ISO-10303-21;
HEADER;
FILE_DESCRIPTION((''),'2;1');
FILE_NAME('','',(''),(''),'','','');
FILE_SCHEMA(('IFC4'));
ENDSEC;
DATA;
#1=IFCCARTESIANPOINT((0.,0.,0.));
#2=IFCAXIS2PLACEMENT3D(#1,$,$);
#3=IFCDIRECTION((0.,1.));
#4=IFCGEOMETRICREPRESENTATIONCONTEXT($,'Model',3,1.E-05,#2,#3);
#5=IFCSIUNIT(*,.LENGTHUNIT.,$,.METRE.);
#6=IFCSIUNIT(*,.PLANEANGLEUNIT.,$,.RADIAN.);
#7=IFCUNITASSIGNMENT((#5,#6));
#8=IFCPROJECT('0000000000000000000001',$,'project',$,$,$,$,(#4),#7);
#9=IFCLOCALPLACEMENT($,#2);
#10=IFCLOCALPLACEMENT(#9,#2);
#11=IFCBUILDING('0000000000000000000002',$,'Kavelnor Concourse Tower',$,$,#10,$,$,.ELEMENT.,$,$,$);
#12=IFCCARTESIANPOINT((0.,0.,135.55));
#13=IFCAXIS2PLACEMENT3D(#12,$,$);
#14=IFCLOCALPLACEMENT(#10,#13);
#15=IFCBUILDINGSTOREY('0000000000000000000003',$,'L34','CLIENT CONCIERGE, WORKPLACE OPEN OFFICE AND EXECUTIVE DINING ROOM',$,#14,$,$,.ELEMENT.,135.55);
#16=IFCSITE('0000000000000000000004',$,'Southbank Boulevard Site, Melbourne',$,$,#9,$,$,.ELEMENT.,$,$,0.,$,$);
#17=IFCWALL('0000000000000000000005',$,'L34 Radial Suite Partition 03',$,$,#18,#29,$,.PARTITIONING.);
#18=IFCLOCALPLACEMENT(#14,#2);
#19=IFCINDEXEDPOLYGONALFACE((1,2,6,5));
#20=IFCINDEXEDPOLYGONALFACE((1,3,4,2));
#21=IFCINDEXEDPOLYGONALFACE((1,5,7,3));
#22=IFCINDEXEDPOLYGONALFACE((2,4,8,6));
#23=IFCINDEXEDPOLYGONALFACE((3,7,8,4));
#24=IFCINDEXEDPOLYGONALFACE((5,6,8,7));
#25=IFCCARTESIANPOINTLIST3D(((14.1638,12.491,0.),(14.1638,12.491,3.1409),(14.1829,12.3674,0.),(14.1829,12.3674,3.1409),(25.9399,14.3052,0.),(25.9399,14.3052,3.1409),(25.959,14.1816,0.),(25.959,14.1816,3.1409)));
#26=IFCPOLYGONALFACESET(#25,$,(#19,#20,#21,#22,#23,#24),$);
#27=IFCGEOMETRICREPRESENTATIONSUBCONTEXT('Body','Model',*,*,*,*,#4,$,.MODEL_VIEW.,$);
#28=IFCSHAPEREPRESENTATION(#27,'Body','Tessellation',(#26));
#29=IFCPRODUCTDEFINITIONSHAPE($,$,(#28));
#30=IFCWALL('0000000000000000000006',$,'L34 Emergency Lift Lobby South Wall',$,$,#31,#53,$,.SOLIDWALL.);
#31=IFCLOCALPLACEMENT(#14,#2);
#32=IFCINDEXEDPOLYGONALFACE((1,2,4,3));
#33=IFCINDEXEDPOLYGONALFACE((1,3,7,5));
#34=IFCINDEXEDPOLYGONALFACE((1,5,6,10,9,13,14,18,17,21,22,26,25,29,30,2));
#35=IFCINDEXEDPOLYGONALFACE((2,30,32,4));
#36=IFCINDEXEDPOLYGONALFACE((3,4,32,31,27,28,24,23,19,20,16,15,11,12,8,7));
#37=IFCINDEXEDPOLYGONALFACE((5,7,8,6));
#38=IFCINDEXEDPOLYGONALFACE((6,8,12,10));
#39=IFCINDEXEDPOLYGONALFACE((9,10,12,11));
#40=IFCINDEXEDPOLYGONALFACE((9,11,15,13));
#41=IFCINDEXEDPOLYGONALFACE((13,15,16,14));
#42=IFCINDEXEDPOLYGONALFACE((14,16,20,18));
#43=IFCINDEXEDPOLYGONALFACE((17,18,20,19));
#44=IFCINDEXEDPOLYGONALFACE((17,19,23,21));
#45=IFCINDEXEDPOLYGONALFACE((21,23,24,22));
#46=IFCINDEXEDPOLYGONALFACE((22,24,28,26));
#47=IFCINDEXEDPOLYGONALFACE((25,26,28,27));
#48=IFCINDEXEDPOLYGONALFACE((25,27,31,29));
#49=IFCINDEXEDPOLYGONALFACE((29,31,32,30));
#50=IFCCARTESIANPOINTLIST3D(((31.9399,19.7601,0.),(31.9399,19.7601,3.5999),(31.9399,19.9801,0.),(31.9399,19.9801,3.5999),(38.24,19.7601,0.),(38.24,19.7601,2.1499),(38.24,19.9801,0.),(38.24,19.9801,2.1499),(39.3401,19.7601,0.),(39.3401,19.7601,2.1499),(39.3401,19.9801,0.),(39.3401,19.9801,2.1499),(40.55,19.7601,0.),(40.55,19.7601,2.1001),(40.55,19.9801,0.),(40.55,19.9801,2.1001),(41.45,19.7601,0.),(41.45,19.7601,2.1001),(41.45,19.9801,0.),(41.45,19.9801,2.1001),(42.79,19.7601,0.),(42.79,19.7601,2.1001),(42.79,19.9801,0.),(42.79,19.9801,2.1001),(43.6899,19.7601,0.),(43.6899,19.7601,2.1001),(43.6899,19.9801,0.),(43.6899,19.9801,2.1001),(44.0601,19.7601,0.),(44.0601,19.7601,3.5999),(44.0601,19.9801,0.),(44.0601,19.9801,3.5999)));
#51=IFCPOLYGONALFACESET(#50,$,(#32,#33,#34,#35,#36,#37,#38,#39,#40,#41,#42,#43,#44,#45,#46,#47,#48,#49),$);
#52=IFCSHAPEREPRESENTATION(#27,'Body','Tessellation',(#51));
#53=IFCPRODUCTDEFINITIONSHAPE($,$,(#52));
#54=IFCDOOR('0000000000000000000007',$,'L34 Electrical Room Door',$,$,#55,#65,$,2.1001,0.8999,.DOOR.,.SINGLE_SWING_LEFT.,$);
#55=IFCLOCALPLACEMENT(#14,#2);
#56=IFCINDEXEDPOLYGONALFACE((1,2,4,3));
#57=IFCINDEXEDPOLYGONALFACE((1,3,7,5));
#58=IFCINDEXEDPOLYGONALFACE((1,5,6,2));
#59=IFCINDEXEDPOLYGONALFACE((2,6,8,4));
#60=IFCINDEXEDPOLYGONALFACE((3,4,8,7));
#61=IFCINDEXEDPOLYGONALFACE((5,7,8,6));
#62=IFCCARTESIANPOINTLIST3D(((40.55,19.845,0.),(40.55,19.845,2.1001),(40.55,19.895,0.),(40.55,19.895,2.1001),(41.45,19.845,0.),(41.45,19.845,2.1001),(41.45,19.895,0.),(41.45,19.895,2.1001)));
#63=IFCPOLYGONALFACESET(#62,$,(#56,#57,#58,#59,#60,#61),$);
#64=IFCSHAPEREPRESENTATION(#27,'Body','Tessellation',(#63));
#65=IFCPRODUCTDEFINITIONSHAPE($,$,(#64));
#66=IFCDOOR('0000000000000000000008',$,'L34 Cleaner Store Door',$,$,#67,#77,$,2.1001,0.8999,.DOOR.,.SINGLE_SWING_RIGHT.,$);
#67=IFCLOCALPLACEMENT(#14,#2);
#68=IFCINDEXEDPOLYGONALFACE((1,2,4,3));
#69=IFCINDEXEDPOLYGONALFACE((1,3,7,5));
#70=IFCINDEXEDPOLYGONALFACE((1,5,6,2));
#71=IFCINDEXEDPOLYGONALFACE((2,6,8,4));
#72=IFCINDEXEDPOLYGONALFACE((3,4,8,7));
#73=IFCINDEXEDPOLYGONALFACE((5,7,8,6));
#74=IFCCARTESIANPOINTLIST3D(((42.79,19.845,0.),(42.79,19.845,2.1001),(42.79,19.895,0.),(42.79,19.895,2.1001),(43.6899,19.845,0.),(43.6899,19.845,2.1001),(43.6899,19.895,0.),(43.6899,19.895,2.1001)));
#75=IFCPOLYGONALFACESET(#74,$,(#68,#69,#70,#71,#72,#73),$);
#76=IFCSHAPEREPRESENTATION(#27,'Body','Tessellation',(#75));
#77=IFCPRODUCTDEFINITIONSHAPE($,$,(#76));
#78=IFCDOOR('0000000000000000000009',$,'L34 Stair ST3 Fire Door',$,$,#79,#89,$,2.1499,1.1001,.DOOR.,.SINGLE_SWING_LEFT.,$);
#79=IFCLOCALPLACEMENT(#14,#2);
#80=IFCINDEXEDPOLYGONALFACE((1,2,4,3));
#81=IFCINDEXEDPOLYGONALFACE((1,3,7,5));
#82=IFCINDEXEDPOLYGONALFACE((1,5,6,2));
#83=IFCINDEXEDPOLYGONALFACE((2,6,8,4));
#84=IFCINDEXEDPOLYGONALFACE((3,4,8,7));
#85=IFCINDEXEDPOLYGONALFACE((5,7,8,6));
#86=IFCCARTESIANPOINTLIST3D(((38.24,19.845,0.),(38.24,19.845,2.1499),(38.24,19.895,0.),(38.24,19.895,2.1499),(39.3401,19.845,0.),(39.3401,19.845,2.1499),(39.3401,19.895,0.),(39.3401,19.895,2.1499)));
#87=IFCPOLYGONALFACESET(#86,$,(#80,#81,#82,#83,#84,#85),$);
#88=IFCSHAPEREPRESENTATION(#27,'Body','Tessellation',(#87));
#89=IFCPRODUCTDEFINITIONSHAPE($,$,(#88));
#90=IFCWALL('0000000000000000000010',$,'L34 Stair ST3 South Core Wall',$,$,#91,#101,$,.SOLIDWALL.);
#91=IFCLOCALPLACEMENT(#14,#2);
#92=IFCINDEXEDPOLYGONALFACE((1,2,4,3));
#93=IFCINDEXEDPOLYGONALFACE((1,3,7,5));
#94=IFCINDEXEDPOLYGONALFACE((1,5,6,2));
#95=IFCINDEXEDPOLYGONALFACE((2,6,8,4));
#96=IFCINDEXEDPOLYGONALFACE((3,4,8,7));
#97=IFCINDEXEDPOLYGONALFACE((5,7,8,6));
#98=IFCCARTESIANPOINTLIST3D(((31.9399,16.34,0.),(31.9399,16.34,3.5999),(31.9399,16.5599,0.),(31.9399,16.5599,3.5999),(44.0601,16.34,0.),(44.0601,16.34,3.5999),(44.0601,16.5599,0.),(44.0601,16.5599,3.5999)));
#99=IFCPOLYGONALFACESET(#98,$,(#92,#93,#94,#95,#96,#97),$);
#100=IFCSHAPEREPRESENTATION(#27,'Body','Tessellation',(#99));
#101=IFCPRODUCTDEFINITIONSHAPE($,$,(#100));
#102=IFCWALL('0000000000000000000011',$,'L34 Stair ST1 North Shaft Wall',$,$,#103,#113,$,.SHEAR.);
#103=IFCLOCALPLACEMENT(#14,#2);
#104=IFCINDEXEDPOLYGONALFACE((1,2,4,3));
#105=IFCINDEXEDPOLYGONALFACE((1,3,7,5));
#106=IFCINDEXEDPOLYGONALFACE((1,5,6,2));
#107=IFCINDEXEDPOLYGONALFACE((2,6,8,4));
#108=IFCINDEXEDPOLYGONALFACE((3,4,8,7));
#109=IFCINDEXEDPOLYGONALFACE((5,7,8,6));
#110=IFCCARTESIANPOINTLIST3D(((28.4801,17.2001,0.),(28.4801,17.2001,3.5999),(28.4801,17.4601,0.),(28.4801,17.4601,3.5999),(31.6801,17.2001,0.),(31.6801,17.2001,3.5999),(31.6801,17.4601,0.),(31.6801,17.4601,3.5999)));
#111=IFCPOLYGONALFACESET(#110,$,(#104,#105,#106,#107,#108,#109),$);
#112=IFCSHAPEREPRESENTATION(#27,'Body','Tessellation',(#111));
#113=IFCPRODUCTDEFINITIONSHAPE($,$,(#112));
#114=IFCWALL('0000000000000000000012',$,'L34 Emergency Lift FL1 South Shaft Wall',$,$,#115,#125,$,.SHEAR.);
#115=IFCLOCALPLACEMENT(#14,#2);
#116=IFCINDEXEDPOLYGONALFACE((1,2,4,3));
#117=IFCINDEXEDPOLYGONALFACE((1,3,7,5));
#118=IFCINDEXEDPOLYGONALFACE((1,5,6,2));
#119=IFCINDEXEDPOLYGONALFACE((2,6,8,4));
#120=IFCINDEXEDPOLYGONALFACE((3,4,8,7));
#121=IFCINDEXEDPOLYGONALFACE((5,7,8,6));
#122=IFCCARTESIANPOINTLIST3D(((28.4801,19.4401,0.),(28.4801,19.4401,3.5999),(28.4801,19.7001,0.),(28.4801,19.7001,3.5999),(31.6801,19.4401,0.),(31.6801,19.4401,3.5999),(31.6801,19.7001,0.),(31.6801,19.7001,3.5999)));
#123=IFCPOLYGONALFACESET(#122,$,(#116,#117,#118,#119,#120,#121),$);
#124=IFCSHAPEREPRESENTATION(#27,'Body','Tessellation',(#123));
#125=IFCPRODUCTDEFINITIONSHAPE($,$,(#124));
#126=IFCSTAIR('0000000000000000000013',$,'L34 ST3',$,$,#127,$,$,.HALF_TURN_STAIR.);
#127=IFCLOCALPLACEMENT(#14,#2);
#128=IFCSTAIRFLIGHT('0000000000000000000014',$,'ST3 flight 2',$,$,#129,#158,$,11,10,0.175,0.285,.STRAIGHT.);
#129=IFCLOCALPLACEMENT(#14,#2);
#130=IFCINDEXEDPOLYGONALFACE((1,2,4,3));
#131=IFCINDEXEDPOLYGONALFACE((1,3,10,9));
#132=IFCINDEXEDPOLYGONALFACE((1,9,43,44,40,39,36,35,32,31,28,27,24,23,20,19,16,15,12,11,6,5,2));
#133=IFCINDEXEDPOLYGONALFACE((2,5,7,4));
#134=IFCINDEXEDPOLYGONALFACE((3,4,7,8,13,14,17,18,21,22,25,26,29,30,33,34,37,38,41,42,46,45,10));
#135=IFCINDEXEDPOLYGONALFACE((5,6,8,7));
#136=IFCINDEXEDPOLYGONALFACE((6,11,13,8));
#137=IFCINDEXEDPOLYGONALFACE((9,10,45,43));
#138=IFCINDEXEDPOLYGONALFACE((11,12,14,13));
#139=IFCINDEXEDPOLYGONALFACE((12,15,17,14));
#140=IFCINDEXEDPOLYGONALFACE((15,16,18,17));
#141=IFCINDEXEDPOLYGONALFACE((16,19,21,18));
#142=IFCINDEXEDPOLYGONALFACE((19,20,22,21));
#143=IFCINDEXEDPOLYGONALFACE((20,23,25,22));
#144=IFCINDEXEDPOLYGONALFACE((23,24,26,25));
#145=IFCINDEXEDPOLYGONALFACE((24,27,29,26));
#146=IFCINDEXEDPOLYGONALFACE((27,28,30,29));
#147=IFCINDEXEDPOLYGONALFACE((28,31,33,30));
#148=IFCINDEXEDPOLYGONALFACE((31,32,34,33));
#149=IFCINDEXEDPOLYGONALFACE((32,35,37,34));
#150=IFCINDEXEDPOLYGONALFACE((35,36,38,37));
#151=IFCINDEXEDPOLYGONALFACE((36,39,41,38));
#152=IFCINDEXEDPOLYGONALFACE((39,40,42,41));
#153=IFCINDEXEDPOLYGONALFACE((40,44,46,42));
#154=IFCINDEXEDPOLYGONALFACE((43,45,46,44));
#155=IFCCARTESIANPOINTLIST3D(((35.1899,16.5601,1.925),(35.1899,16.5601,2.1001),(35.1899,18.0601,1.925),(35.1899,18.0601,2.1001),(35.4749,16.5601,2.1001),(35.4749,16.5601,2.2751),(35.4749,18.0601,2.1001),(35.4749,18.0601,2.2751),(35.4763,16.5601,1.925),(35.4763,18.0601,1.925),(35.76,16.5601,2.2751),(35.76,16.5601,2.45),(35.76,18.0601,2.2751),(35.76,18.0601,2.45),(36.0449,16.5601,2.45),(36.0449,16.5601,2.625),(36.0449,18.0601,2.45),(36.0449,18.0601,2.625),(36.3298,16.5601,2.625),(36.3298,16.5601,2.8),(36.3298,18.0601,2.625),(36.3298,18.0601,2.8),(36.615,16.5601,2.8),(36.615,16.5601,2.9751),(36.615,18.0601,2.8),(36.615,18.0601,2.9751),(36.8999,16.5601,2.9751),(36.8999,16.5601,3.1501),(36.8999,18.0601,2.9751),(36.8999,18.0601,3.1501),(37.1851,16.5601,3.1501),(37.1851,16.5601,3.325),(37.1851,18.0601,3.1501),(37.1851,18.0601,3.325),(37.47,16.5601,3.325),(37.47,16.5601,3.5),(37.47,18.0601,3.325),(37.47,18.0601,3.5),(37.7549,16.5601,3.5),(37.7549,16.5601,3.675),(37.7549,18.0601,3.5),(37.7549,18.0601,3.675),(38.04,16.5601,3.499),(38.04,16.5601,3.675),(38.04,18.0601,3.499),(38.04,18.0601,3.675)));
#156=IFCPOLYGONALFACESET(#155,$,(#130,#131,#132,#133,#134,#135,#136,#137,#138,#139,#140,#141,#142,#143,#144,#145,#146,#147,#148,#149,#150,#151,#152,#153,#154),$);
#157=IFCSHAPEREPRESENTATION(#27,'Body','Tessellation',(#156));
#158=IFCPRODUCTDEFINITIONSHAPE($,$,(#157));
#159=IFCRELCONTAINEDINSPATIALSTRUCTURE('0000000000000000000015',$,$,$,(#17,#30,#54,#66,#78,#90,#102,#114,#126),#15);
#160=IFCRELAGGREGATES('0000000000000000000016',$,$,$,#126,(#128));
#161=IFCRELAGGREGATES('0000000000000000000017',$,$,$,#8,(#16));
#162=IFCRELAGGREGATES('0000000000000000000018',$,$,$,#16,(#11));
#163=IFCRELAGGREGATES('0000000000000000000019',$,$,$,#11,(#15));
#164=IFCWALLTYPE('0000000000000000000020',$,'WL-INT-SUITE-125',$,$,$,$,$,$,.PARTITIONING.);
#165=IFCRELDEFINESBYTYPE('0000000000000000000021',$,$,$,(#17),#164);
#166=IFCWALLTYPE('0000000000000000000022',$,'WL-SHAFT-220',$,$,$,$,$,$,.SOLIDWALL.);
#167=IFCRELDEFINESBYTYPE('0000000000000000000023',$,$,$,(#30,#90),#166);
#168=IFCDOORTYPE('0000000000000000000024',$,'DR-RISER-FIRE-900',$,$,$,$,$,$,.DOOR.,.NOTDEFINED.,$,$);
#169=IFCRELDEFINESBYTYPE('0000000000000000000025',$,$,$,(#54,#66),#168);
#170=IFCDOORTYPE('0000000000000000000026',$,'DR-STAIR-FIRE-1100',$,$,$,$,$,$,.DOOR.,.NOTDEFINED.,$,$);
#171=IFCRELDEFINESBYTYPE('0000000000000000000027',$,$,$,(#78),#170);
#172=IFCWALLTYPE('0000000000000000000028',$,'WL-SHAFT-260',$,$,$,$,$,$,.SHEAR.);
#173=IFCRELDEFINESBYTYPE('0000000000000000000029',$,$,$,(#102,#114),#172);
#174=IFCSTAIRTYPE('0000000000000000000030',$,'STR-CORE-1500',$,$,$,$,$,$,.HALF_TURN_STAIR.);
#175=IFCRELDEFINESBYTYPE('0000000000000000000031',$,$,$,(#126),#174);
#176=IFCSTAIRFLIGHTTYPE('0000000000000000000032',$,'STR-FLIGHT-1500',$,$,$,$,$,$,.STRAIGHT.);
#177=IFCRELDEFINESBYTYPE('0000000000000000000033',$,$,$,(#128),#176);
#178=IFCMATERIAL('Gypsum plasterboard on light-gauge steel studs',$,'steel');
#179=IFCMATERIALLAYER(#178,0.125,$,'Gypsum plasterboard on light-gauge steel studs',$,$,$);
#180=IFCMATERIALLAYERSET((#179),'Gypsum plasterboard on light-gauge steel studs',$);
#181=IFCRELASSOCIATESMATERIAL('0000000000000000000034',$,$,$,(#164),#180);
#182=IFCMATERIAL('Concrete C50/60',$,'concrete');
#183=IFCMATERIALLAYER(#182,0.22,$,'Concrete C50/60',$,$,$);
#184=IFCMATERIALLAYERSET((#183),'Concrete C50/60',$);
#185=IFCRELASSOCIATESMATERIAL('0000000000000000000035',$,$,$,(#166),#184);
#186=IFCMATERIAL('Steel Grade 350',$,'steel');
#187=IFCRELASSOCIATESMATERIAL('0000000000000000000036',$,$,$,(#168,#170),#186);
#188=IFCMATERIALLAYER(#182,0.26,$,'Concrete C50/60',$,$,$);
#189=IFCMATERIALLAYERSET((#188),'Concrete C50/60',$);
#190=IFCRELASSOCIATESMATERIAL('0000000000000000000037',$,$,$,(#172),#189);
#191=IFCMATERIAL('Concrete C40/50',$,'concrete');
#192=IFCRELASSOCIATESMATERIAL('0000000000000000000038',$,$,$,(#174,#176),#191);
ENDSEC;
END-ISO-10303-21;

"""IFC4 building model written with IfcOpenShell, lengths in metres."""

from ifc_helpers import new_model, si_unit, direction, frame, frame_2d, origin, place, context, subcontext, project, spatial, polyline, rectangle, outline, extrude, material, layer, layer_set, type_object, element, fill, aggregate, save


model = new_model("IFC4")

# Units and contexts
model_context = context("Model", 3, precision=1e-05, world=origin(), true_north=direction((0.0, 1.0)))
body_context = subcontext(model_context, "Body", "Model", "MODEL_VIEW")
ifc_project = project(units=[si_unit("LENGTHUNIT", "METRE"), si_unit("PLANEANGLEUNIT", "RADIAN")], contexts=[model_context])

# Site, building, storey
site_placement = place(None, origin())
site = spatial("IfcSite", under=ifc_project, at=site_placement, Name="Southbank Boulevard Site, Melbourne", CompositionType="ELEMENT", RefElevation=0.0)
building_placement = place(site_placement, origin())
building = spatial("IfcBuilding", under=site, at=building_placement, Name="Kavelnor Concourse Tower", CompositionType="ELEMENT")
storey_placement = place(building_placement, frame((0.0, 0.0, 135.55)))
storey = spatial("IfcBuildingStorey", under=building, at=storey_placement, Name="L34", Description="CLIENT CONCIERGE, WORKPLACE OPEN OFFICE AND EXECUTIVE DINING ROOM", CompositionType="ELEMENT", Elevation=135.55)

# Shared definitions
ifc_material_1 = material(Name="Steel Grade 350", Category="steel")

# Wall
ifc_material_2 = material(Name="Gypsum plasterboard on light-gauge steel studs", Category="steel")
ifc_layer_1 = layer(ifc_material_2, 0.125, Name="Gypsum plasterboard on light-gauge steel studs")
ifc_layer_set_1 = layer_set([ifc_layer_1], Name="Gypsum plasterboard on light-gauge steel studs")
wall_type_1 = type_object("IfcWallType", Name="WL-INT-SUITE-125", PredefinedType="PARTITIONING", material=ifc_layer_set_1)
wall_1_placement = place(storey_placement, frame((25.9495, 14.2434, 0.0), z_axis=(0.0, 0.0, 1.0), x_axis=(-0.98834, -0.152262, 0.0)))
element("IfcWall", 1, at=wall_1_placement, inside=storey, type_object=wall_type_1, Name="L34 Radial Suite Partition 03", PredefinedType="PARTITIONING", context=body_context, shape_type="SweptSolid", body=[
    extrude(rectangle(XDim=11.915, YDim=0.125, at=frame_2d((5.9575, 0.0))), origin(), (0.0, 0.0, 1.0), 3.1409),
])

# Wall, openings, doors
ifc_material_3 = material(Name="Concrete C50/60", Category="concrete")
ifc_layer_2 = layer(ifc_material_3, 0.22, Name="Concrete C50/60")
ifc_layer_set_2 = layer_set([ifc_layer_2], Name="Concrete C50/60")
wall_type_2 = type_object("IfcWallType", Name="WL-SHAFT-220", PredefinedType="SOLIDWALL", material=ifc_layer_set_2)
wall_2_placement = place(storey_placement, frame((31.9399, 19.8701, 0.0), z_axis=(0.0, 0.0, 1.0), x_axis=(1.0, 0.0, 0.0)))
wall_2 = element("IfcWall", 2, at=wall_2_placement, inside=storey, type_object=wall_type_2, Name="L34 Emergency Lift Lobby South Wall", PredefinedType="SOLIDWALL", context=body_context, shape_type="SweptSolid", body=[
    extrude(rectangle(XDim=12.1201, YDim=0.22, at=frame_2d((6.0601, 0.0))), origin(), (0.0, 0.0, 1.0), 3.5999),
])
opening_1_placement = place(wall_2_placement, frame((6.3, 0.0, 0.0)))
opening_1 = element("IfcOpeningElement", 3, at=opening_1_placement, cuts=wall_2, PredefinedType="OPENING", context=body_context, shape_type="SweptSolid", body=[
    extrude(rectangle(XDim=1.1001, YDim=2.1499, at=frame_2d((0.55, 1.075))), frame((0.0, 0.1201, 0.0), z_axis=(0.0, -1.0, 0.0), x_axis=(1.0, 0.0, 0.0)), (0.0, 0.0, 1.0), 0.24),
])
opening_2_placement = place(wall_2_placement, frame((8.6101, 0.0, 0.0)))
opening_2 = element("IfcOpeningElement", 4, at=opening_2_placement, cuts=wall_2, PredefinedType="OPENING", context=body_context, shape_type="SweptSolid", body=[
    extrude(rectangle(XDim=0.8999, YDim=2.1001, at=frame_2d((0.45, 1.05))), frame((0.0, 0.1201, 0.0), z_axis=(0.0, -1.0, 0.0), x_axis=(1.0, 0.0, 0.0)), (0.0, 0.0, 1.0), 0.24),
])
opening_3_placement = place(wall_2_placement, frame((10.8501, 0.0, 0.0)))
opening_3 = element("IfcOpeningElement", 5, at=opening_3_placement, cuts=wall_2, PredefinedType="OPENING", context=body_context, shape_type="SweptSolid", body=[
    extrude(rectangle(XDim=0.8999, YDim=2.1001, at=frame_2d((0.45, 1.05))), frame((0.0, 0.1201, 0.0), z_axis=(0.0, -1.0, 0.0), x_axis=(1.0, 0.0, 0.0)), (0.0, 0.0, 1.0), 0.24),
])
door_type_1 = type_object("IfcDoorType", Name="DR-RISER-FIRE-900", OperationType="NOTDEFINED", PredefinedType="DOOR", material=ifc_material_1)
door_1_placement = place(opening_2_placement, origin())
door_1 = element("IfcDoor", 6, at=door_1_placement, inside=storey, type_object=door_type_1, Name="L34 Electrical Room Door", OperationType="SINGLE_SWING_LEFT", OverallHeight=2.1001, OverallWidth=0.8999, PredefinedType="DOOR", context=body_context, shape_type="SweptSolid", body=[
    extrude(rectangle(XDim=0.8999, YDim=2.1001, at=frame_2d((0.45, 1.05))), frame((0.0, 0.0249, 0.0), z_axis=(0.0, -1.0, 0.0), x_axis=(1.0, 0.0, 0.0)), (0.0, 0.0, 1.0), 0.05),
])
fill(opening_2, door_1)
door_2_placement = place(opening_3_placement, origin())
door_2 = element("IfcDoor", 7, at=door_2_placement, inside=storey, type_object=door_type_1, Name="L34 Cleaner Store Door", OperationType="SINGLE_SWING_RIGHT", OverallHeight=2.1001, OverallWidth=0.8999, PredefinedType="DOOR", context=body_context, shape_type="SweptSolid", body=[
    extrude(rectangle(XDim=0.8999, YDim=2.1001, at=frame_2d((0.45, 1.05))), frame((0.0, 0.0249, 0.0), z_axis=(0.0, -1.0, 0.0), x_axis=(1.0, 0.0, 0.0)), (0.0, 0.0, 1.0), 0.05),
])
fill(opening_3, door_2)
door_type_2 = type_object("IfcDoorType", Name="DR-STAIR-FIRE-1100", OperationType="NOTDEFINED", PredefinedType="DOOR", material=ifc_material_1)
door_3_placement = place(opening_1_placement, origin())
door_3 = element("IfcDoor", 8, at=door_3_placement, inside=storey, type_object=door_type_2, Name="L34 Stair ST3 Fire Door", OperationType="SINGLE_SWING_LEFT", OverallHeight=2.1499, OverallWidth=1.1001, PredefinedType="DOOR", context=body_context, shape_type="SweptSolid", body=[
    extrude(rectangle(XDim=1.1001, YDim=2.1499, at=frame_2d((0.55, 1.075))), frame((0.0, 0.0249, 0.0), z_axis=(0.0, -1.0, 0.0), x_axis=(1.0, 0.0, 0.0)), (0.0, 0.0, 1.0), 0.05),
])
fill(opening_1, door_3)

# Walls
wall_3_placement = place(storey_placement, frame((31.9399, 16.45, 0.0), z_axis=(0.0, 0.0, 1.0), x_axis=(1.0, 0.0, 0.0)))
element("IfcWall", 9, at=wall_3_placement, inside=storey, type_object=wall_type_2, Name="L34 Stair ST3 South Core Wall", PredefinedType="SOLIDWALL", context=body_context, shape_type="SweptSolid", body=[
    extrude(rectangle(XDim=12.1201, YDim=0.22, at=frame_2d((6.0601, 0.0))), origin(), (0.0, 0.0, 1.0), 3.5999),
])
ifc_layer_3 = layer(ifc_material_3, 0.26, Name="Concrete C50/60")
ifc_layer_set_3 = layer_set([ifc_layer_3], Name="Concrete C50/60")
wall_type_3 = type_object("IfcWallType", Name="WL-SHAFT-260", PredefinedType="SHEAR", material=ifc_layer_set_3)
for number, where, z_axis, x_axis, name in (
    (10, (28.48, 17.3301, 0.0), (0.0, 0.0, 1.0), (1.0, 0.0, 0.0), "L34 Stair ST1 North Shaft Wall"),
    (11, (28.48, 19.5701, 0.0), (0.0, 0.0, 1.0), (1.0, 0.0, 0.0), "L34 Emergency Lift FL1 South Shaft Wall"),
):
    element("IfcWall", number, at=place(storey_placement, frame(where, z_axis=z_axis, x_axis=x_axis)), inside=storey, type_object=wall_type_3, Name=name, PredefinedType="SHEAR", context=body_context, shape_type="SweptSolid", body=[
        extrude(rectangle(XDim=3.2, YDim=0.26, at=frame_2d((1.6001, 0.0))), origin(), (0.0, 0.0, 1.0), 3.5999),
    ])

# Stair, stair flight
ifc_material_4 = material(Name="Concrete C40/50", Category="concrete")
stair_type = type_object("IfcStairType", Name="STR-CORE-1500", PredefinedType="HALF_TURN_STAIR", material=ifc_material_4)
stair_placement = place(storey_placement, origin())
stair = element("IfcStair", 12, at=stair_placement, inside=storey, type_object=stair_type, Name="L34 ST3", PredefinedType="HALF_TURN_STAIR")
stair_flight_type = type_object("IfcStairFlightType", Name="STR-FLIGHT-1500", PredefinedType="STRAIGHT", material=ifc_material_4)
stair_flight_placement = place(storey_placement, frame((35.1899, 17.3101, 1.925), z_axis=(0.0, 0.0, 1.0), x_axis=(1.0, 0.0, 0.0)))
stair_flight = element("IfcStairFlight", 13, at=stair_flight_placement, type_object=stair_flight_type, Name="ST3 flight 2", NumberOfRisers=11, NumberOfTreads=10, PredefinedType="STRAIGHT", RiserHeight=0.175, TreadLength=0.285, context=body_context, shape_type="SweptSolid", body=[
    extrude(outline(polyline([(0.0, 0.0), (0.0, 0.175), (0.2849, 0.175), (0.2849, 0.3501), (0.5701, 0.3501), (0.5701, 0.5249), (0.855, 0.5249), (0.855, 0.7), (1.1399, 0.7), (1.1399, 0.875), (1.425, 0.875), (1.425, 1.05), (1.71, 1.05), (1.71, 1.2251), (1.9951, 1.2251), (1.9951, 1.3999), (2.28, 1.3999), (2.28, 1.575), (2.5649, 1.575), (2.5649, 1.75), (2.8501, 1.75), (2.8501, 1.925), (2.8501, 1.574), (0.2864, 0.0), (0.0, 0.0)])), frame((0.0, 0.75, 0.0), z_axis=(0.0, -1.0, 0.0), x_axis=(1.0, 0.0, 0.0)), (0.0, 0.0, 1.0), 1.5),
])
aggregate(stair, [stair_flight])

save(model, "model.ifc")
